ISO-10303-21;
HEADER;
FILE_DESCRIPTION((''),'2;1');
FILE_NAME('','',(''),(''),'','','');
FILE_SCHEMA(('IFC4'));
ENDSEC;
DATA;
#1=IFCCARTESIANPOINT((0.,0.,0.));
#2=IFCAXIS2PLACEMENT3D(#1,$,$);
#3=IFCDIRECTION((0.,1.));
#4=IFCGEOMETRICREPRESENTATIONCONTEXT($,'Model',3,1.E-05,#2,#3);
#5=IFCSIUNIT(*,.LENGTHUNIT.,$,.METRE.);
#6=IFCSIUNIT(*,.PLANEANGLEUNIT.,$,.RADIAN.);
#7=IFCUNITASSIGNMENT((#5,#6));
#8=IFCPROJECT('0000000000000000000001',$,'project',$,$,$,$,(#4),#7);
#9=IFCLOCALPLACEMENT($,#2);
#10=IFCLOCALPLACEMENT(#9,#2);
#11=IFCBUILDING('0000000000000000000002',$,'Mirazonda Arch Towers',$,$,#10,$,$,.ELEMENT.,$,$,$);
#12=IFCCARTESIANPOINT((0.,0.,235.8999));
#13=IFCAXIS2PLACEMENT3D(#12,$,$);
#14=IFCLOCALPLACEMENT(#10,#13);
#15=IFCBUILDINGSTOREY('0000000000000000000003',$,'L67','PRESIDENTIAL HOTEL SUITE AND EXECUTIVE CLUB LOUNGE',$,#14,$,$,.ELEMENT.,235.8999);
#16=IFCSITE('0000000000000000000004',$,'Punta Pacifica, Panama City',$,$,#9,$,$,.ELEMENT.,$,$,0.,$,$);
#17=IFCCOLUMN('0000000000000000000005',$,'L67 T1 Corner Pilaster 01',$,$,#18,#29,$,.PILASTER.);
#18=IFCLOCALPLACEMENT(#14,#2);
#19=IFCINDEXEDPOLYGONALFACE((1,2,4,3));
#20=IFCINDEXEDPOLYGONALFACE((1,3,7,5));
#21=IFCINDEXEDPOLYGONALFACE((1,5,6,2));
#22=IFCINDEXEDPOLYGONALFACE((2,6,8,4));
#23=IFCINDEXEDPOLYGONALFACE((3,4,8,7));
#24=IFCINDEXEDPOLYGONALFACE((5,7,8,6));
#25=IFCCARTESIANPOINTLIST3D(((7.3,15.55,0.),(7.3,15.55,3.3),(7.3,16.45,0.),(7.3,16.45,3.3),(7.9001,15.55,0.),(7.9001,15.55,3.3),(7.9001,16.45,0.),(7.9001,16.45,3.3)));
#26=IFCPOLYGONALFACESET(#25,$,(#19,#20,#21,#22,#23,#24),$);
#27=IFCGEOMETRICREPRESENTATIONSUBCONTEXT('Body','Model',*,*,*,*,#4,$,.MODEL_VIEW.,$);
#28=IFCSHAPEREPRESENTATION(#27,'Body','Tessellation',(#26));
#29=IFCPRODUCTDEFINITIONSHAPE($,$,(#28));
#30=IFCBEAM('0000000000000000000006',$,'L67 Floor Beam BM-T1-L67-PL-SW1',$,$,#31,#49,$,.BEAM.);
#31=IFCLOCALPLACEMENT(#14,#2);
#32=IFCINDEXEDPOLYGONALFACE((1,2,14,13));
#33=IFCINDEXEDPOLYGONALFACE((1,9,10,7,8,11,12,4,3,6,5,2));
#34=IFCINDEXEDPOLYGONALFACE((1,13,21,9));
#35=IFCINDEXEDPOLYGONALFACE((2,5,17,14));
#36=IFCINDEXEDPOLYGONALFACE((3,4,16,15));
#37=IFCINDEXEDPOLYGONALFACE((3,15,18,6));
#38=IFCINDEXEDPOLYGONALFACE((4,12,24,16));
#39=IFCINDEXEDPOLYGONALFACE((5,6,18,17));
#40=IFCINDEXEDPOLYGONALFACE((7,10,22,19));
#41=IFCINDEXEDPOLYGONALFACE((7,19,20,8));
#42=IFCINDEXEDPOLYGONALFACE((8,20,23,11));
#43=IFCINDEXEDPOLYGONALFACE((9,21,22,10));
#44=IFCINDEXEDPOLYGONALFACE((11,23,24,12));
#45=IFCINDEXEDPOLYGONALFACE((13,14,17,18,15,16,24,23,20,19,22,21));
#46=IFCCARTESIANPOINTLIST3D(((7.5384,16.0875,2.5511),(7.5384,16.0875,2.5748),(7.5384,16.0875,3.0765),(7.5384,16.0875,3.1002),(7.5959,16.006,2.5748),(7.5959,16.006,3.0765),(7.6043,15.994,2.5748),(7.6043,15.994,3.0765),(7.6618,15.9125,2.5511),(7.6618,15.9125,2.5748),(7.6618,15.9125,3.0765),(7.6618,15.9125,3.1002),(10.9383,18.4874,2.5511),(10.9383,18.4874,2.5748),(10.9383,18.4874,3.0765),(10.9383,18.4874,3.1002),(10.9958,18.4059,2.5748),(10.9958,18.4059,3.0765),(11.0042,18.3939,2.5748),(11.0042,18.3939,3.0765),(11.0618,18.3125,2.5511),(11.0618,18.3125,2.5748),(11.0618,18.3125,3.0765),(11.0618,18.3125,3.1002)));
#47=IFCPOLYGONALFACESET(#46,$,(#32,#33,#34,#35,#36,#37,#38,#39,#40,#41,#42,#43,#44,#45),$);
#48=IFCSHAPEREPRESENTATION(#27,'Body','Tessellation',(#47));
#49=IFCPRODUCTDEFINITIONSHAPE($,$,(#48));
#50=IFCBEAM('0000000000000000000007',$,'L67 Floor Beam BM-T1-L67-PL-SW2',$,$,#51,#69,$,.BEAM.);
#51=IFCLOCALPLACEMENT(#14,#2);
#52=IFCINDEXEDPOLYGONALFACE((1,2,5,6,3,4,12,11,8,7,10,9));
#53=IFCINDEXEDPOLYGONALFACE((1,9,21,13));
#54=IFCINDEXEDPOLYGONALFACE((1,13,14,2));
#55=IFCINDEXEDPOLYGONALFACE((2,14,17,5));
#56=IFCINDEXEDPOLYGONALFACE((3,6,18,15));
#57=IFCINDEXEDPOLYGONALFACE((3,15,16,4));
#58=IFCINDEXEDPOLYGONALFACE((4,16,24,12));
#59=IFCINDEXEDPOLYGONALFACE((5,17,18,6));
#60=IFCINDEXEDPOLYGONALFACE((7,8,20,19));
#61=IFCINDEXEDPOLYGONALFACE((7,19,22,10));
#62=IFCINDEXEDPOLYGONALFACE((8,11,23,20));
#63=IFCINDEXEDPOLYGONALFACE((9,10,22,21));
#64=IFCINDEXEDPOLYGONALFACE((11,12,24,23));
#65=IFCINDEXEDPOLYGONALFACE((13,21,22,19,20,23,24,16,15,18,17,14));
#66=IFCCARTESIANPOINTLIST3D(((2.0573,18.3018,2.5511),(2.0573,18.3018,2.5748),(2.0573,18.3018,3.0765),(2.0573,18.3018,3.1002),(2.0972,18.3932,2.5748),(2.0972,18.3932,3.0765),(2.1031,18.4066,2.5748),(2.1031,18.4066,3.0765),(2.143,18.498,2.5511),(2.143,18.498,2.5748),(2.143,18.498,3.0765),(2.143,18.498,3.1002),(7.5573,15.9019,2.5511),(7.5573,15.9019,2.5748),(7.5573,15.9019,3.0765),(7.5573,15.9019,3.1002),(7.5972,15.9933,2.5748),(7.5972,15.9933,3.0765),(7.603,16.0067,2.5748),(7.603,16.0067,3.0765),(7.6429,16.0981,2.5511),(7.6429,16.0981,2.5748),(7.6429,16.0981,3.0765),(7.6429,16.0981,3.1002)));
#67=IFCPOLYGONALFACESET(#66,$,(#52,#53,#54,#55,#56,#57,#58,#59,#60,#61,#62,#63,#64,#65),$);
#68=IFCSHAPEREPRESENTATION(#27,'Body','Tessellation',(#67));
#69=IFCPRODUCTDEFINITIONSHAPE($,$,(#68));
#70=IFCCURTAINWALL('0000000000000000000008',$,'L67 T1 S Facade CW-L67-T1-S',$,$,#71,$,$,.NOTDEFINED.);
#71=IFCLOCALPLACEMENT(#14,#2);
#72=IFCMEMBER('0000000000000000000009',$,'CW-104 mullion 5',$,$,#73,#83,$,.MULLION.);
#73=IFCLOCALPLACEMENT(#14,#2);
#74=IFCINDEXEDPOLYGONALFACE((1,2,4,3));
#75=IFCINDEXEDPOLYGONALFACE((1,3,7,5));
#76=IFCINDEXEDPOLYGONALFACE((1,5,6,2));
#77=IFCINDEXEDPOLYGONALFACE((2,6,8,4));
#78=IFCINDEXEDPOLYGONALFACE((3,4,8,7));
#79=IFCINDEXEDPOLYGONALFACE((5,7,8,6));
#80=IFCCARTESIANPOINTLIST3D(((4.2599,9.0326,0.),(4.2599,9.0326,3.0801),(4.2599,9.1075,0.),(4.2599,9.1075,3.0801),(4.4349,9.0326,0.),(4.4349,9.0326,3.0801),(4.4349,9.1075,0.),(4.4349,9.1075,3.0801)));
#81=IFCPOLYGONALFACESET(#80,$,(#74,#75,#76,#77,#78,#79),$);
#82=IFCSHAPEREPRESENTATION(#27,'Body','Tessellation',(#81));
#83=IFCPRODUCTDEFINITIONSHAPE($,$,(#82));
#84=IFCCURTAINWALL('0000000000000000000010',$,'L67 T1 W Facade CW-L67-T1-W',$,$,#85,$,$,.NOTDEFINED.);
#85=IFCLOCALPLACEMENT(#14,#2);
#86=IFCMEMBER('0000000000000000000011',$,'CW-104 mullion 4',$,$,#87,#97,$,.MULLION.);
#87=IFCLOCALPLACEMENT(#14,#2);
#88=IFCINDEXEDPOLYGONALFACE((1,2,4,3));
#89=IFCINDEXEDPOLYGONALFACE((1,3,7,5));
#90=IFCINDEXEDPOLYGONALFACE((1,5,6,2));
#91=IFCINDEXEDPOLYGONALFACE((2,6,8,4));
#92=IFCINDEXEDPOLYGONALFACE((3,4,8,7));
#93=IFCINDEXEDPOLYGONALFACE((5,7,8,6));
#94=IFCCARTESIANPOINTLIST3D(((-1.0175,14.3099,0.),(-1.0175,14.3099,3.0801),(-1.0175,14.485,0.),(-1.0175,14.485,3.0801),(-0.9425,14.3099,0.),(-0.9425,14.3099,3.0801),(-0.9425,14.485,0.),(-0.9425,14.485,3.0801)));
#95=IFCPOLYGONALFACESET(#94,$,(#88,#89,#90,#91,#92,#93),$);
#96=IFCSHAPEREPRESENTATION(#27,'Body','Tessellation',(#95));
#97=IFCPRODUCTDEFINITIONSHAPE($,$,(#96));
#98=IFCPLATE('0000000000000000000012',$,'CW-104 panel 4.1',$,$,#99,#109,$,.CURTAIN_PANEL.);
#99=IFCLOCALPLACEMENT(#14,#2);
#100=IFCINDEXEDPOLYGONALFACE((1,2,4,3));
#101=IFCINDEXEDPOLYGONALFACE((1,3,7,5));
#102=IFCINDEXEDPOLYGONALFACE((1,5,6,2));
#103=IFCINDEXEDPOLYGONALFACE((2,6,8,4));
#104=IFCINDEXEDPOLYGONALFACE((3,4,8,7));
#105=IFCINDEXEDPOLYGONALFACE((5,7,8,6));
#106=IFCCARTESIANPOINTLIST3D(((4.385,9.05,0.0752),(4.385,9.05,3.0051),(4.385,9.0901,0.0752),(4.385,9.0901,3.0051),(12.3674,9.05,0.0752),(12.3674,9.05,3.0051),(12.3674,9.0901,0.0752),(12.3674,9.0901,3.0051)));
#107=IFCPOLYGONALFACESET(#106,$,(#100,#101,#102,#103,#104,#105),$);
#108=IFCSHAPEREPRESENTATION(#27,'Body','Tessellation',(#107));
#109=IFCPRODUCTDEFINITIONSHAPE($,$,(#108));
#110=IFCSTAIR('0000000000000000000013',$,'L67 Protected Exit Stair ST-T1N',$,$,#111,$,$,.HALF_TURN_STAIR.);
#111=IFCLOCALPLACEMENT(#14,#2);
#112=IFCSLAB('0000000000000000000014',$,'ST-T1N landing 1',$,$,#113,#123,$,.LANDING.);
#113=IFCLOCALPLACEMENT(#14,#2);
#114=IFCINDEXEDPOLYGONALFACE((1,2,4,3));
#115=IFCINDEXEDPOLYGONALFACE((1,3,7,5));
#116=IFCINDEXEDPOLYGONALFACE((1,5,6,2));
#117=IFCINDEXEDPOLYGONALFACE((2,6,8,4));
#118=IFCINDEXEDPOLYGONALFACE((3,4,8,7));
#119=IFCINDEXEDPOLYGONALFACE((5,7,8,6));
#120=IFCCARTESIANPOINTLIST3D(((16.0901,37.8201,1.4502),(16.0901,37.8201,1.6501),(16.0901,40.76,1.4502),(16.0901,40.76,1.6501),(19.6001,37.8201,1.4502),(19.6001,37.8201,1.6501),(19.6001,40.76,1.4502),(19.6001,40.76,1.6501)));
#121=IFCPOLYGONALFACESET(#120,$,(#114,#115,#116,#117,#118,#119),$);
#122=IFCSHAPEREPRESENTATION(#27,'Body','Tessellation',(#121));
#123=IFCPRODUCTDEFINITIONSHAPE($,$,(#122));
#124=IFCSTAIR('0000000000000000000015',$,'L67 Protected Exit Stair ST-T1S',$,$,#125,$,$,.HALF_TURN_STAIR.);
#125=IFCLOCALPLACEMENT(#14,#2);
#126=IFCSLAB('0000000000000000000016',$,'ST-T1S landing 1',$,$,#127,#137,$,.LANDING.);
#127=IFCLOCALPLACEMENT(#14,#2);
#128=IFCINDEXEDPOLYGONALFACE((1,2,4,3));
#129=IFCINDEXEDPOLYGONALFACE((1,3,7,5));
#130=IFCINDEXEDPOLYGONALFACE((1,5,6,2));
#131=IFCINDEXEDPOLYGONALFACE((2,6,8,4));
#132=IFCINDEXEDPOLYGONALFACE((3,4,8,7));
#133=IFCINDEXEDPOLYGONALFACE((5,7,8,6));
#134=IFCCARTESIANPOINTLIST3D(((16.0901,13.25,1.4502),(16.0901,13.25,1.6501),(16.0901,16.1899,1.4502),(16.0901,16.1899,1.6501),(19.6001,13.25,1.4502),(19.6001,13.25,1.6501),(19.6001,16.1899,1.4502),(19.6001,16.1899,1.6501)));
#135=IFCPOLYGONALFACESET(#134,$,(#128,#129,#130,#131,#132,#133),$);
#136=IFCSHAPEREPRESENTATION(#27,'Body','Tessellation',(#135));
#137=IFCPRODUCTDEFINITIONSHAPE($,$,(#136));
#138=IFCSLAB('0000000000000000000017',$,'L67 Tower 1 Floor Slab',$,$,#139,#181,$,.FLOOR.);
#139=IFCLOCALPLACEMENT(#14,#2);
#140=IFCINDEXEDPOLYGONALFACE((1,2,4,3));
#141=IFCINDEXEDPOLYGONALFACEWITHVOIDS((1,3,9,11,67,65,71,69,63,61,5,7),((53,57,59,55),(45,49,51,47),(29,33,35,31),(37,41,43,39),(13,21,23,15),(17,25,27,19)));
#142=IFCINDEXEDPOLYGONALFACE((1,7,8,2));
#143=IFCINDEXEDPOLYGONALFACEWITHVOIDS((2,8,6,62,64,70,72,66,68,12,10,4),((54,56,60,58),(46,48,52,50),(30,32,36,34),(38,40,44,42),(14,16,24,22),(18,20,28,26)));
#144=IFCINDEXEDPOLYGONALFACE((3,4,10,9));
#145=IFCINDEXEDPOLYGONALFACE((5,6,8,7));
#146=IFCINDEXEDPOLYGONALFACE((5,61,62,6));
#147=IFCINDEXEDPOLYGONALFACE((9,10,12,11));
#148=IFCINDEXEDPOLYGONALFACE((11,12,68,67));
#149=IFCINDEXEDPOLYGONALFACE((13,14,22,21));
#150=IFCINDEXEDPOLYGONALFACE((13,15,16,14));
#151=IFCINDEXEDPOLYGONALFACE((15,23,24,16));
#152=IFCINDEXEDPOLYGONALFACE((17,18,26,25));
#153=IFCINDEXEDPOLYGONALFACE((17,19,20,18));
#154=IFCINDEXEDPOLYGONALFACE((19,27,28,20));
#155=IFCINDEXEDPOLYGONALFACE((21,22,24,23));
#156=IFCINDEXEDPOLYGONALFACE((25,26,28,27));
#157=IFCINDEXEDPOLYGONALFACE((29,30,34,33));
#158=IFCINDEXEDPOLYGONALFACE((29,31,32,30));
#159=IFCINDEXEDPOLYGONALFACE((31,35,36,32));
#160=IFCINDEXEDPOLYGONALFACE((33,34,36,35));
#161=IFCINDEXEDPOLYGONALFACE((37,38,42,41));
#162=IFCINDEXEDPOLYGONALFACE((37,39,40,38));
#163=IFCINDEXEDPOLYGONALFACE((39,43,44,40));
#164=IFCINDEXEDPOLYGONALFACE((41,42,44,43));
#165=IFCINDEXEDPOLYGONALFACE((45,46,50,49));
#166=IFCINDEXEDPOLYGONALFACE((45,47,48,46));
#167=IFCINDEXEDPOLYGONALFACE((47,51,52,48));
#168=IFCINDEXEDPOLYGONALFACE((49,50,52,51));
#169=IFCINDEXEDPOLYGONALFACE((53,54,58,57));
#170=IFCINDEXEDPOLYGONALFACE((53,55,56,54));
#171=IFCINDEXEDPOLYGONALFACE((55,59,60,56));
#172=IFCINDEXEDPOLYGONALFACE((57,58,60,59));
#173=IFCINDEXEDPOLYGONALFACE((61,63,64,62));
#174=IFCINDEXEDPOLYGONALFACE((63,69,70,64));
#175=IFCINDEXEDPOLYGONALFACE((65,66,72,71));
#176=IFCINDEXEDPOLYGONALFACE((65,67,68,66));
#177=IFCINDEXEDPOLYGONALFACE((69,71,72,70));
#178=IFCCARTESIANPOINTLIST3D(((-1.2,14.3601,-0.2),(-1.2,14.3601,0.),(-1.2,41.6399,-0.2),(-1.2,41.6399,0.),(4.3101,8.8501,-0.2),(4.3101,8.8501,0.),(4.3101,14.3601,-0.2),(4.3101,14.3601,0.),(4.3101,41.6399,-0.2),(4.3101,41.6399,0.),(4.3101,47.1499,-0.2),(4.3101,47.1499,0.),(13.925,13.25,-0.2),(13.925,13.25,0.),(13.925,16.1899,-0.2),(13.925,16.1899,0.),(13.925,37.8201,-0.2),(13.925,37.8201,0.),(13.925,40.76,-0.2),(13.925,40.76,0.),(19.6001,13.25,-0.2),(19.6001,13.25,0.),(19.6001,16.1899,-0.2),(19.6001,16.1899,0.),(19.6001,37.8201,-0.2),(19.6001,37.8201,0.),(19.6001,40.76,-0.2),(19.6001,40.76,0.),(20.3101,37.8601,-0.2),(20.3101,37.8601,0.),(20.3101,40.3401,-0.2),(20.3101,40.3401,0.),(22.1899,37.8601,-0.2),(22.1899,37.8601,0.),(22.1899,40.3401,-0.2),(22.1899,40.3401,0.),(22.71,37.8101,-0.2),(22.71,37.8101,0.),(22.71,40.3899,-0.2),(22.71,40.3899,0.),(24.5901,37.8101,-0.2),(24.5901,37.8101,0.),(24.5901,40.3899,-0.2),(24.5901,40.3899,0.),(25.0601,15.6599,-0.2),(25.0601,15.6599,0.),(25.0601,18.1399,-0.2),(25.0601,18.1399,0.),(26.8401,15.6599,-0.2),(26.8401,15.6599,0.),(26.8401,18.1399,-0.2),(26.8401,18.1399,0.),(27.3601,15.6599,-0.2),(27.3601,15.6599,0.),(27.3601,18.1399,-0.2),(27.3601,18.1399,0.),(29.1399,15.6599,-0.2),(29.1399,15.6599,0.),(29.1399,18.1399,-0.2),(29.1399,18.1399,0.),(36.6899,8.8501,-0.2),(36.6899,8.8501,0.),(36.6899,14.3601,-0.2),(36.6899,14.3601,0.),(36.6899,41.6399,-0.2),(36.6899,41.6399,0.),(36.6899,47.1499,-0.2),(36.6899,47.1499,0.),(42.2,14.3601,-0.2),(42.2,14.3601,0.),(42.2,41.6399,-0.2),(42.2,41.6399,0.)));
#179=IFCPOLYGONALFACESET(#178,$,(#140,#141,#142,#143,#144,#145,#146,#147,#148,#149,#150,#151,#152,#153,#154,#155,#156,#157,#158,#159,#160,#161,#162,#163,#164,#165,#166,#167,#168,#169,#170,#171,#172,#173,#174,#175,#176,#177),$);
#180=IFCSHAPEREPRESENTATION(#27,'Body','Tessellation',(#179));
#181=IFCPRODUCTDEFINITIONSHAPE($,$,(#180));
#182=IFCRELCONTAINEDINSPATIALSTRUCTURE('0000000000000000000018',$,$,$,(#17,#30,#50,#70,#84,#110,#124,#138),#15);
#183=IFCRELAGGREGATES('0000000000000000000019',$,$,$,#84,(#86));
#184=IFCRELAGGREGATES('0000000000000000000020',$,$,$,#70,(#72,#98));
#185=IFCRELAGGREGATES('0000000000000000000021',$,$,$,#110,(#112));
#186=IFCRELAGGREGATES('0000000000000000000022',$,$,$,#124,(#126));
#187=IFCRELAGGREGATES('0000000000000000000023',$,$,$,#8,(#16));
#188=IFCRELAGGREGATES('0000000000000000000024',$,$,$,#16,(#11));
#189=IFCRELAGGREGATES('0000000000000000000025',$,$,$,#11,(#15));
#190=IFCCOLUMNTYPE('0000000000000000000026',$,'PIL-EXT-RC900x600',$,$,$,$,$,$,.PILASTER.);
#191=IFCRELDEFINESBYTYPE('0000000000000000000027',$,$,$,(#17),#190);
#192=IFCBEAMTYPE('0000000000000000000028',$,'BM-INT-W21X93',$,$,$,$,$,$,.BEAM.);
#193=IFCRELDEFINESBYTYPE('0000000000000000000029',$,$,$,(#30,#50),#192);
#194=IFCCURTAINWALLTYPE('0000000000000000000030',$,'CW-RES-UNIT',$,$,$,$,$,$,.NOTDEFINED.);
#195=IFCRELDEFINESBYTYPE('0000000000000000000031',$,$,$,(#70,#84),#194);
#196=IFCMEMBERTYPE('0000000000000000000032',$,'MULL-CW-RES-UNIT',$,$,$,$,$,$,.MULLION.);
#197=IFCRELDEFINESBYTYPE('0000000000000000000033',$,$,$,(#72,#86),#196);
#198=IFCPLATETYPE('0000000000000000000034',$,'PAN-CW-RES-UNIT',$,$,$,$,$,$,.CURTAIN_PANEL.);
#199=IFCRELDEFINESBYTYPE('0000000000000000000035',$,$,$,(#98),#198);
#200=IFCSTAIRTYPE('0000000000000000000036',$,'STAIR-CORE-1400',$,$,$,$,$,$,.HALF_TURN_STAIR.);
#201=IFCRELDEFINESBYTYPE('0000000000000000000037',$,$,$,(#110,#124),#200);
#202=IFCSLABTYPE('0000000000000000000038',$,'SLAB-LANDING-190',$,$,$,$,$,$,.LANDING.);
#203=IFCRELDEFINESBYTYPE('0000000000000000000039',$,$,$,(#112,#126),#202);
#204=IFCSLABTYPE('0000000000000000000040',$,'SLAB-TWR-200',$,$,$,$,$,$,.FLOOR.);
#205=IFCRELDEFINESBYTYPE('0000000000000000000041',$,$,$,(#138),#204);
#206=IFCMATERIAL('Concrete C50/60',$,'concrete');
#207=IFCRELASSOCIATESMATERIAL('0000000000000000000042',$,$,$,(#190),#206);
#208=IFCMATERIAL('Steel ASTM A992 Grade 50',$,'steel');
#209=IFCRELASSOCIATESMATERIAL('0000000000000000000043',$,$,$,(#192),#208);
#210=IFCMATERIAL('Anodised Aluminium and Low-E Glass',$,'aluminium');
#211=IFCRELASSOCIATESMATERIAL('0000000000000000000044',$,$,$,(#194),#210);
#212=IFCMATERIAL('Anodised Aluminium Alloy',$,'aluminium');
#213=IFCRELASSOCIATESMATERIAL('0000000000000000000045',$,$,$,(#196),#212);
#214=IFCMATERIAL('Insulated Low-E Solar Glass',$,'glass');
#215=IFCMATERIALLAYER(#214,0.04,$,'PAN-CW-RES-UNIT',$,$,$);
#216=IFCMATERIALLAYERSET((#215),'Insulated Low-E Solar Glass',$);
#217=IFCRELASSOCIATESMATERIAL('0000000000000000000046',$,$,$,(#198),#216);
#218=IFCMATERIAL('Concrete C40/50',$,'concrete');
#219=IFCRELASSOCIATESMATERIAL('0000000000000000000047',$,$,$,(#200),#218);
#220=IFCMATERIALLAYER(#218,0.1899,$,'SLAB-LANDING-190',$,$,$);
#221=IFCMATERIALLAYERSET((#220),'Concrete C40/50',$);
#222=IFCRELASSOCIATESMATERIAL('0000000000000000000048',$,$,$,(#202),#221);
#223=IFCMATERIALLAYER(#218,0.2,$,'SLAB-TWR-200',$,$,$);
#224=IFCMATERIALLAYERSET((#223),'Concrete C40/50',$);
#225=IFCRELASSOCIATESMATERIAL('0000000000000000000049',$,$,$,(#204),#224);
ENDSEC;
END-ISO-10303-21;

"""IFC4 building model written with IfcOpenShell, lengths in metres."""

from ifc_helpers import new_model, si_unit, direction, frame, origin, origin_2d, place, context, subcontext, project, spatial, polyline, rectangle, i_section, outline, extrude, material, layer, layer_set, material_profile, profile_set, type_object, element, aggregate, save


model = new_model("IFC4")

# Units and contexts
model_context = context("Model", 3, precision=1e-05, world=origin(), true_north=direction((0.0, 1.0)))
body_context = subcontext(model_context, "Body", "Model", "MODEL_VIEW")
ifc_project = project(units=[si_unit("LENGTHUNIT", "METRE"), si_unit("PLANEANGLEUNIT", "RADIAN")], contexts=[model_context])

# Site, building, storey
site_placement = place(None, origin())
site = spatial("IfcSite", under=ifc_project, at=site_placement, Name="Punta Pacifica, Panama City", CompositionType="ELEMENT", RefElevation=0.0)
building_placement = place(site_placement, origin())
building = spatial("IfcBuilding", under=site, at=building_placement, Name="Mirazonda Arch Towers", CompositionType="ELEMENT")
storey_placement = place(building_placement, frame((0.0, 0.0, 235.8999)))
storey = spatial("IfcBuildingStorey", under=building, at=storey_placement, Name="L67", Description="PRESIDENTIAL HOTEL SUITE AND EXECUTIVE CLUB LOUNGE", CompositionType="ELEMENT", Elevation=235.8999)

# Column
ifc_material_1 = material(Name="Concrete C50/60", Category="concrete")
ifc_material_profile_1 = material_profile(ifc_material_1, rectangle(XDim=0.6001, YDim=0.8999, at=origin_2d()), Name="RC900x600")
ifc_profile_set_1 = profile_set([ifc_material_profile_1], Name="Concrete C50/60")
column_type = type_object("IfcColumnType", Name="PIL-EXT-RC900x600", PredefinedType="PILASTER", material=ifc_profile_set_1)
column_placement = place(storey_placement, frame((7.6001, 16.0, 0.0), z_axis=(0.0, 0.0, 1.0), x_axis=(1.0, 0.0, 0.0)))
element("IfcColumn", 1, at=column_placement, inside=storey, type_object=column_type, Name="L67 T1 Corner Pilaster 01", PredefinedType="PILASTER", context=body_context, shape_type="SweptSolid", body=[
    extrude(rectangle(XDim=0.6001, YDim=0.8999, at=origin_2d()), origin(), (0.0, 0.0, 1.0), 3.3),
])

# Beams
ifc_material_2 = material(Name="Steel ASTM A992 Grade 50", Category="steel")
ifc_material_profile_2 = material_profile(ifc_material_2, i_section(OverallWidth=0.2141, OverallDepth=0.5491, WebThickness=0.0146, FlangeThickness=0.0237, at=origin_2d()), Name="W21X93")
ifc_profile_set_2 = profile_set([ifc_material_profile_2], Name="Steel ASTM A992 Grade 50")
beam_type = type_object("IfcBeamType", Name="BM-INT-W21X93", PredefinedType="BEAM", material=ifc_profile_set_2)
beam_1_placement = place(storey_placement, frame((7.6001, 16.0, 2.8257), z_axis=(0.816971, 0.576679, 0.0), x_axis=(-0.576679, 0.816971, 0.0)))
element("IfcBeam", 2, at=beam_1_placement, inside=storey, type_object=beam_type, Name="L67 Floor Beam BM-T1-L67-PL-SW1", PredefinedType="BEAM", context=body_context, shape_type="SweptSolid", body=[
    extrude(i_section(OverallWidth=0.2141, OverallDepth=0.5491, WebThickness=0.0146, FlangeThickness=0.0237, at=origin_2d()), origin(), (0.0, 0.0, 1.0), 4.1616),
])
beam_2_placement = place(storey_placement, frame((7.6001, 16.0, 2.8257), z_axis=(-0.916545, 0.399931, 0.0), x_axis=(-0.399931, -0.916545, 0.0)))
element("IfcBeam", 3, at=beam_2_placement, inside=storey, type_object=beam_type, Name="L67 Floor Beam BM-T1-L67-PL-SW2", PredefinedType="BEAM", context=body_context, shape_type="SweptSolid", body=[
    extrude(i_section(OverallWidth=0.2141, OverallDepth=0.5491, WebThickness=0.0146, FlangeThickness=0.0237, at=origin_2d()), origin(), (0.0, 0.0, 1.0), 6.0007),
])

# Curtain walls, members
ifc_material_3 = material(Name="Anodised Aluminium and Low-E Glass", Category="aluminium")
curtain_wall_type = type_object("IfcCurtainWallType", Name="CW-RES-UNIT", PredefinedType="NOTDEFINED", material=ifc_material_3)
curtain_wall_1_placement = place(storey_placement, origin())
curtain_wall_1 = element("IfcCurtainWall", 4, at=curtain_wall_1_placement, inside=storey, type_object=curtain_wall_type, Name="L67 T1 S Facade CW-L67-T1-S", PredefinedType="NOTDEFINED")
ifc_material_4 = material(Name="Anodised Aluminium Alloy", Category="aluminium")
ifc_material_profile_3 = material_profile(ifc_material_4, rectangle(XDim=0.075, YDim=0.175, at=origin_2d()), Name="ALU-MULL-75x175")
ifc_profile_set_3 = profile_set([ifc_material_profile_3], Name="Anodised Aluminium Alloy")
member_type = type_object("IfcMemberType", Name="MULL-CW-RES-UNIT", PredefinedType="MULLION", material=ifc_profile_set_3)
member_1_placement = place(storey_placement, frame((4.3474, 9.0701, 0.0), z_axis=(0.0, 0.0, 1.0), x_axis=(0.0, -1.0, 0.0)))
member_1 = element("IfcMember", 5, at=member_1_placement, type_object=member_type, Name="CW-104 mullion 5", PredefinedType="MULLION", context=body_context, shape_type="SweptSolid", body=[
    extrude(rectangle(XDim=0.075, YDim=0.175, at=origin_2d()), origin(), (0.0, 0.0, 1.0), 3.0801),
])
curtain_wall_2_placement = place(storey_placement, origin())
curtain_wall_2 = element("IfcCurtainWall", 6, at=curtain_wall_2_placement, inside=storey, type_object=curtain_wall_type, Name="L67 T1 W Facade CW-L67-T1-W", PredefinedType="NOTDEFINED")
member_2_placement = place(storey_placement, frame((-0.98, 14.3975, 0.0), z_axis=(0.0, 0.0, 1.0), x_axis=(1.0, 0.0, 0.0)))
member_2 = element("IfcMember", 7, at=member_2_placement, type_object=member_type, Name="CW-104 mullion 4", PredefinedType="MULLION", context=body_context, shape_type="SweptSolid", body=[
    extrude(rectangle(XDim=0.075, YDim=0.175, at=origin_2d()), origin(), (0.0, 0.0, 1.0), 3.0801),
])
aggregate(curtain_wall_2, [member_2])

# Plate
ifc_material_5 = material(Name="Insulated Low-E Solar Glass", Category="glass")
ifc_layer_1 = layer(ifc_material_5, 0.04, Name="PAN-CW-RES-UNIT")
ifc_layer_set_1 = layer_set([ifc_layer_1], Name="Insulated Low-E Solar Glass")
plate_type = type_object("IfcPlateType", Name="PAN-CW-RES-UNIT", PredefinedType="CURTAIN_PANEL", material=ifc_layer_set_1)
plate_placement = place(storey_placement, frame((8.3762, 9.0701, 0.0752), z_axis=(0.0, 0.0, 1.0), x_axis=(-1.0, 0.0, 0.0)))
plate = element("IfcPlate", 8, at=plate_placement, type_object=plate_type, Name="CW-104 panel 4.1", PredefinedType="CURTAIN_PANEL", context=body_context, shape_type="SweptSolid", body=[
    extrude(rectangle(XDim=7.9824, YDim=0.04, at=origin_2d()), origin(), (0.0, 0.0, 1.0), 2.9299),
])
aggregate(curtain_wall_1, [member_1, plate])

# Stairs, slabs
ifc_material_6 = material(Name="Concrete C40/50", Category="concrete")
stair_type = type_object("IfcStairType", Name="STAIR-CORE-1400", PredefinedType="HALF_TURN_STAIR", material=ifc_material_6)
stair_1_placement = place(storey_placement, origin())
stair_1 = element("IfcStair", 9, at=stair_1_placement, inside=storey, type_object=stair_type, Name="L67 Protected Exit Stair ST-T1N", PredefinedType="HALF_TURN_STAIR")
ifc_layer_2 = layer(ifc_material_6, 0.1899, Name="SLAB-LANDING-190")
ifc_layer_set_2 = layer_set([ifc_layer_2], Name="Concrete C40/50")
slab_type_1 = type_object("IfcSlabType", Name="SLAB-LANDING-190", PredefinedType="LANDING", material=ifc_layer_set_2)
slab_1_placement = place(storey_placement, frame((0.0, 0.0, 1.4502)))
slab_1 = element("IfcSlab", 10, at=slab_1_placement, type_object=slab_type_1, Name="ST-T1N landing 1", PredefinedType="LANDING", context=body_context, shape_type="SweptSolid", body=[
    extrude(outline(polyline([(16.0901, 37.8201), (19.6001, 37.8201), (19.6001, 40.76), (16.0901, 40.76), (16.0901, 37.8201)])), origin(), (0.0, 0.0, 1.0), 0.2),
])
aggregate(stair_1, [slab_1])
stair_2_placement = place(storey_placement, origin())
stair_2 = element("IfcStair", 11, at=stair_2_placement, inside=storey, type_object=stair_type, Name="L67 Protected Exit Stair ST-T1S", PredefinedType="HALF_TURN_STAIR")
slab_2_placement = place(storey_placement, frame((0.0, 0.0, 1.4502)))
slab_2 = element("IfcSlab", 12, at=slab_2_placement, type_object=slab_type_1, Name="ST-T1S landing 1", PredefinedType="LANDING", context=body_context, shape_type="SweptSolid", body=[
    extrude(outline(polyline([(16.0901, 13.25), (19.6001, 13.25), (19.6001, 16.1899), (16.0901, 16.1899), (16.0901, 13.25)])), origin(), (0.0, 0.0, 1.0), 0.2),
])
aggregate(stair_2, [slab_2])

# Slab
ifc_layer_3 = layer(ifc_material_6, 0.2, Name="SLAB-TWR-200")
ifc_layer_set_3 = layer_set([ifc_layer_3], Name="Concrete C40/50")
slab_type_2 = type_object("IfcSlabType", Name="SLAB-TWR-200", PredefinedType="FLOOR", material=ifc_layer_set_3)
slab_3_placement = place(storey_placement, frame((0.0, 0.0, -0.2)))
element("IfcSlab", 13, at=slab_3_placement, inside=storey, type_object=slab_type_2, Name="L67 Tower 1 Floor Slab", PredefinedType="FLOOR", context=body_context, shape_type="SweptSolid", body=[
    extrude(outline(polyline([(4.3101, 8.8501), (36.6899, 8.8501), (36.6899, 14.3601), (42.2, 14.3601), (42.2, 41.6399), (36.6899, 41.6399), (36.6899, 47.1499), (4.3101, 47.1499), (4.3101, 41.6399), (-1.2, 41.6399), (-1.2, 14.3601), (4.3101, 14.3601), (4.3101, 8.8501)]), holes=[polyline([(27.3601, 18.1399), (29.1399, 18.1399), (29.1399, 15.6599), (27.3601, 15.6599), (27.3601, 18.1399)]), polyline([(25.0601, 18.1399), (26.8401, 18.1399), (26.8401, 15.6599), (25.0601, 15.6599), (25.0601, 18.1399)]), polyline([(22.71, 40.3899), (24.5901, 40.3899), (24.5901, 37.8101), (22.71, 37.8101), (22.71, 40.3899)]), polyline([(20.3101, 37.8601), (20.3101, 40.3401), (22.1899, 40.3401), (22.1899, 37.8601), (20.3101, 37.8601)]), polyline([(19.6001, 13.25), (13.925, 13.25), (13.925, 16.1899), (19.6001, 16.1899), (19.6001, 13.25)]), polyline([(13.925, 37.8201), (13.925, 40.76), (19.6001, 40.76), (19.6001, 37.8201), (13.925, 37.8201)])]), origin(), (0.0, 0.0, 1.0), 0.2),
])

save(model, "model.ifc")
